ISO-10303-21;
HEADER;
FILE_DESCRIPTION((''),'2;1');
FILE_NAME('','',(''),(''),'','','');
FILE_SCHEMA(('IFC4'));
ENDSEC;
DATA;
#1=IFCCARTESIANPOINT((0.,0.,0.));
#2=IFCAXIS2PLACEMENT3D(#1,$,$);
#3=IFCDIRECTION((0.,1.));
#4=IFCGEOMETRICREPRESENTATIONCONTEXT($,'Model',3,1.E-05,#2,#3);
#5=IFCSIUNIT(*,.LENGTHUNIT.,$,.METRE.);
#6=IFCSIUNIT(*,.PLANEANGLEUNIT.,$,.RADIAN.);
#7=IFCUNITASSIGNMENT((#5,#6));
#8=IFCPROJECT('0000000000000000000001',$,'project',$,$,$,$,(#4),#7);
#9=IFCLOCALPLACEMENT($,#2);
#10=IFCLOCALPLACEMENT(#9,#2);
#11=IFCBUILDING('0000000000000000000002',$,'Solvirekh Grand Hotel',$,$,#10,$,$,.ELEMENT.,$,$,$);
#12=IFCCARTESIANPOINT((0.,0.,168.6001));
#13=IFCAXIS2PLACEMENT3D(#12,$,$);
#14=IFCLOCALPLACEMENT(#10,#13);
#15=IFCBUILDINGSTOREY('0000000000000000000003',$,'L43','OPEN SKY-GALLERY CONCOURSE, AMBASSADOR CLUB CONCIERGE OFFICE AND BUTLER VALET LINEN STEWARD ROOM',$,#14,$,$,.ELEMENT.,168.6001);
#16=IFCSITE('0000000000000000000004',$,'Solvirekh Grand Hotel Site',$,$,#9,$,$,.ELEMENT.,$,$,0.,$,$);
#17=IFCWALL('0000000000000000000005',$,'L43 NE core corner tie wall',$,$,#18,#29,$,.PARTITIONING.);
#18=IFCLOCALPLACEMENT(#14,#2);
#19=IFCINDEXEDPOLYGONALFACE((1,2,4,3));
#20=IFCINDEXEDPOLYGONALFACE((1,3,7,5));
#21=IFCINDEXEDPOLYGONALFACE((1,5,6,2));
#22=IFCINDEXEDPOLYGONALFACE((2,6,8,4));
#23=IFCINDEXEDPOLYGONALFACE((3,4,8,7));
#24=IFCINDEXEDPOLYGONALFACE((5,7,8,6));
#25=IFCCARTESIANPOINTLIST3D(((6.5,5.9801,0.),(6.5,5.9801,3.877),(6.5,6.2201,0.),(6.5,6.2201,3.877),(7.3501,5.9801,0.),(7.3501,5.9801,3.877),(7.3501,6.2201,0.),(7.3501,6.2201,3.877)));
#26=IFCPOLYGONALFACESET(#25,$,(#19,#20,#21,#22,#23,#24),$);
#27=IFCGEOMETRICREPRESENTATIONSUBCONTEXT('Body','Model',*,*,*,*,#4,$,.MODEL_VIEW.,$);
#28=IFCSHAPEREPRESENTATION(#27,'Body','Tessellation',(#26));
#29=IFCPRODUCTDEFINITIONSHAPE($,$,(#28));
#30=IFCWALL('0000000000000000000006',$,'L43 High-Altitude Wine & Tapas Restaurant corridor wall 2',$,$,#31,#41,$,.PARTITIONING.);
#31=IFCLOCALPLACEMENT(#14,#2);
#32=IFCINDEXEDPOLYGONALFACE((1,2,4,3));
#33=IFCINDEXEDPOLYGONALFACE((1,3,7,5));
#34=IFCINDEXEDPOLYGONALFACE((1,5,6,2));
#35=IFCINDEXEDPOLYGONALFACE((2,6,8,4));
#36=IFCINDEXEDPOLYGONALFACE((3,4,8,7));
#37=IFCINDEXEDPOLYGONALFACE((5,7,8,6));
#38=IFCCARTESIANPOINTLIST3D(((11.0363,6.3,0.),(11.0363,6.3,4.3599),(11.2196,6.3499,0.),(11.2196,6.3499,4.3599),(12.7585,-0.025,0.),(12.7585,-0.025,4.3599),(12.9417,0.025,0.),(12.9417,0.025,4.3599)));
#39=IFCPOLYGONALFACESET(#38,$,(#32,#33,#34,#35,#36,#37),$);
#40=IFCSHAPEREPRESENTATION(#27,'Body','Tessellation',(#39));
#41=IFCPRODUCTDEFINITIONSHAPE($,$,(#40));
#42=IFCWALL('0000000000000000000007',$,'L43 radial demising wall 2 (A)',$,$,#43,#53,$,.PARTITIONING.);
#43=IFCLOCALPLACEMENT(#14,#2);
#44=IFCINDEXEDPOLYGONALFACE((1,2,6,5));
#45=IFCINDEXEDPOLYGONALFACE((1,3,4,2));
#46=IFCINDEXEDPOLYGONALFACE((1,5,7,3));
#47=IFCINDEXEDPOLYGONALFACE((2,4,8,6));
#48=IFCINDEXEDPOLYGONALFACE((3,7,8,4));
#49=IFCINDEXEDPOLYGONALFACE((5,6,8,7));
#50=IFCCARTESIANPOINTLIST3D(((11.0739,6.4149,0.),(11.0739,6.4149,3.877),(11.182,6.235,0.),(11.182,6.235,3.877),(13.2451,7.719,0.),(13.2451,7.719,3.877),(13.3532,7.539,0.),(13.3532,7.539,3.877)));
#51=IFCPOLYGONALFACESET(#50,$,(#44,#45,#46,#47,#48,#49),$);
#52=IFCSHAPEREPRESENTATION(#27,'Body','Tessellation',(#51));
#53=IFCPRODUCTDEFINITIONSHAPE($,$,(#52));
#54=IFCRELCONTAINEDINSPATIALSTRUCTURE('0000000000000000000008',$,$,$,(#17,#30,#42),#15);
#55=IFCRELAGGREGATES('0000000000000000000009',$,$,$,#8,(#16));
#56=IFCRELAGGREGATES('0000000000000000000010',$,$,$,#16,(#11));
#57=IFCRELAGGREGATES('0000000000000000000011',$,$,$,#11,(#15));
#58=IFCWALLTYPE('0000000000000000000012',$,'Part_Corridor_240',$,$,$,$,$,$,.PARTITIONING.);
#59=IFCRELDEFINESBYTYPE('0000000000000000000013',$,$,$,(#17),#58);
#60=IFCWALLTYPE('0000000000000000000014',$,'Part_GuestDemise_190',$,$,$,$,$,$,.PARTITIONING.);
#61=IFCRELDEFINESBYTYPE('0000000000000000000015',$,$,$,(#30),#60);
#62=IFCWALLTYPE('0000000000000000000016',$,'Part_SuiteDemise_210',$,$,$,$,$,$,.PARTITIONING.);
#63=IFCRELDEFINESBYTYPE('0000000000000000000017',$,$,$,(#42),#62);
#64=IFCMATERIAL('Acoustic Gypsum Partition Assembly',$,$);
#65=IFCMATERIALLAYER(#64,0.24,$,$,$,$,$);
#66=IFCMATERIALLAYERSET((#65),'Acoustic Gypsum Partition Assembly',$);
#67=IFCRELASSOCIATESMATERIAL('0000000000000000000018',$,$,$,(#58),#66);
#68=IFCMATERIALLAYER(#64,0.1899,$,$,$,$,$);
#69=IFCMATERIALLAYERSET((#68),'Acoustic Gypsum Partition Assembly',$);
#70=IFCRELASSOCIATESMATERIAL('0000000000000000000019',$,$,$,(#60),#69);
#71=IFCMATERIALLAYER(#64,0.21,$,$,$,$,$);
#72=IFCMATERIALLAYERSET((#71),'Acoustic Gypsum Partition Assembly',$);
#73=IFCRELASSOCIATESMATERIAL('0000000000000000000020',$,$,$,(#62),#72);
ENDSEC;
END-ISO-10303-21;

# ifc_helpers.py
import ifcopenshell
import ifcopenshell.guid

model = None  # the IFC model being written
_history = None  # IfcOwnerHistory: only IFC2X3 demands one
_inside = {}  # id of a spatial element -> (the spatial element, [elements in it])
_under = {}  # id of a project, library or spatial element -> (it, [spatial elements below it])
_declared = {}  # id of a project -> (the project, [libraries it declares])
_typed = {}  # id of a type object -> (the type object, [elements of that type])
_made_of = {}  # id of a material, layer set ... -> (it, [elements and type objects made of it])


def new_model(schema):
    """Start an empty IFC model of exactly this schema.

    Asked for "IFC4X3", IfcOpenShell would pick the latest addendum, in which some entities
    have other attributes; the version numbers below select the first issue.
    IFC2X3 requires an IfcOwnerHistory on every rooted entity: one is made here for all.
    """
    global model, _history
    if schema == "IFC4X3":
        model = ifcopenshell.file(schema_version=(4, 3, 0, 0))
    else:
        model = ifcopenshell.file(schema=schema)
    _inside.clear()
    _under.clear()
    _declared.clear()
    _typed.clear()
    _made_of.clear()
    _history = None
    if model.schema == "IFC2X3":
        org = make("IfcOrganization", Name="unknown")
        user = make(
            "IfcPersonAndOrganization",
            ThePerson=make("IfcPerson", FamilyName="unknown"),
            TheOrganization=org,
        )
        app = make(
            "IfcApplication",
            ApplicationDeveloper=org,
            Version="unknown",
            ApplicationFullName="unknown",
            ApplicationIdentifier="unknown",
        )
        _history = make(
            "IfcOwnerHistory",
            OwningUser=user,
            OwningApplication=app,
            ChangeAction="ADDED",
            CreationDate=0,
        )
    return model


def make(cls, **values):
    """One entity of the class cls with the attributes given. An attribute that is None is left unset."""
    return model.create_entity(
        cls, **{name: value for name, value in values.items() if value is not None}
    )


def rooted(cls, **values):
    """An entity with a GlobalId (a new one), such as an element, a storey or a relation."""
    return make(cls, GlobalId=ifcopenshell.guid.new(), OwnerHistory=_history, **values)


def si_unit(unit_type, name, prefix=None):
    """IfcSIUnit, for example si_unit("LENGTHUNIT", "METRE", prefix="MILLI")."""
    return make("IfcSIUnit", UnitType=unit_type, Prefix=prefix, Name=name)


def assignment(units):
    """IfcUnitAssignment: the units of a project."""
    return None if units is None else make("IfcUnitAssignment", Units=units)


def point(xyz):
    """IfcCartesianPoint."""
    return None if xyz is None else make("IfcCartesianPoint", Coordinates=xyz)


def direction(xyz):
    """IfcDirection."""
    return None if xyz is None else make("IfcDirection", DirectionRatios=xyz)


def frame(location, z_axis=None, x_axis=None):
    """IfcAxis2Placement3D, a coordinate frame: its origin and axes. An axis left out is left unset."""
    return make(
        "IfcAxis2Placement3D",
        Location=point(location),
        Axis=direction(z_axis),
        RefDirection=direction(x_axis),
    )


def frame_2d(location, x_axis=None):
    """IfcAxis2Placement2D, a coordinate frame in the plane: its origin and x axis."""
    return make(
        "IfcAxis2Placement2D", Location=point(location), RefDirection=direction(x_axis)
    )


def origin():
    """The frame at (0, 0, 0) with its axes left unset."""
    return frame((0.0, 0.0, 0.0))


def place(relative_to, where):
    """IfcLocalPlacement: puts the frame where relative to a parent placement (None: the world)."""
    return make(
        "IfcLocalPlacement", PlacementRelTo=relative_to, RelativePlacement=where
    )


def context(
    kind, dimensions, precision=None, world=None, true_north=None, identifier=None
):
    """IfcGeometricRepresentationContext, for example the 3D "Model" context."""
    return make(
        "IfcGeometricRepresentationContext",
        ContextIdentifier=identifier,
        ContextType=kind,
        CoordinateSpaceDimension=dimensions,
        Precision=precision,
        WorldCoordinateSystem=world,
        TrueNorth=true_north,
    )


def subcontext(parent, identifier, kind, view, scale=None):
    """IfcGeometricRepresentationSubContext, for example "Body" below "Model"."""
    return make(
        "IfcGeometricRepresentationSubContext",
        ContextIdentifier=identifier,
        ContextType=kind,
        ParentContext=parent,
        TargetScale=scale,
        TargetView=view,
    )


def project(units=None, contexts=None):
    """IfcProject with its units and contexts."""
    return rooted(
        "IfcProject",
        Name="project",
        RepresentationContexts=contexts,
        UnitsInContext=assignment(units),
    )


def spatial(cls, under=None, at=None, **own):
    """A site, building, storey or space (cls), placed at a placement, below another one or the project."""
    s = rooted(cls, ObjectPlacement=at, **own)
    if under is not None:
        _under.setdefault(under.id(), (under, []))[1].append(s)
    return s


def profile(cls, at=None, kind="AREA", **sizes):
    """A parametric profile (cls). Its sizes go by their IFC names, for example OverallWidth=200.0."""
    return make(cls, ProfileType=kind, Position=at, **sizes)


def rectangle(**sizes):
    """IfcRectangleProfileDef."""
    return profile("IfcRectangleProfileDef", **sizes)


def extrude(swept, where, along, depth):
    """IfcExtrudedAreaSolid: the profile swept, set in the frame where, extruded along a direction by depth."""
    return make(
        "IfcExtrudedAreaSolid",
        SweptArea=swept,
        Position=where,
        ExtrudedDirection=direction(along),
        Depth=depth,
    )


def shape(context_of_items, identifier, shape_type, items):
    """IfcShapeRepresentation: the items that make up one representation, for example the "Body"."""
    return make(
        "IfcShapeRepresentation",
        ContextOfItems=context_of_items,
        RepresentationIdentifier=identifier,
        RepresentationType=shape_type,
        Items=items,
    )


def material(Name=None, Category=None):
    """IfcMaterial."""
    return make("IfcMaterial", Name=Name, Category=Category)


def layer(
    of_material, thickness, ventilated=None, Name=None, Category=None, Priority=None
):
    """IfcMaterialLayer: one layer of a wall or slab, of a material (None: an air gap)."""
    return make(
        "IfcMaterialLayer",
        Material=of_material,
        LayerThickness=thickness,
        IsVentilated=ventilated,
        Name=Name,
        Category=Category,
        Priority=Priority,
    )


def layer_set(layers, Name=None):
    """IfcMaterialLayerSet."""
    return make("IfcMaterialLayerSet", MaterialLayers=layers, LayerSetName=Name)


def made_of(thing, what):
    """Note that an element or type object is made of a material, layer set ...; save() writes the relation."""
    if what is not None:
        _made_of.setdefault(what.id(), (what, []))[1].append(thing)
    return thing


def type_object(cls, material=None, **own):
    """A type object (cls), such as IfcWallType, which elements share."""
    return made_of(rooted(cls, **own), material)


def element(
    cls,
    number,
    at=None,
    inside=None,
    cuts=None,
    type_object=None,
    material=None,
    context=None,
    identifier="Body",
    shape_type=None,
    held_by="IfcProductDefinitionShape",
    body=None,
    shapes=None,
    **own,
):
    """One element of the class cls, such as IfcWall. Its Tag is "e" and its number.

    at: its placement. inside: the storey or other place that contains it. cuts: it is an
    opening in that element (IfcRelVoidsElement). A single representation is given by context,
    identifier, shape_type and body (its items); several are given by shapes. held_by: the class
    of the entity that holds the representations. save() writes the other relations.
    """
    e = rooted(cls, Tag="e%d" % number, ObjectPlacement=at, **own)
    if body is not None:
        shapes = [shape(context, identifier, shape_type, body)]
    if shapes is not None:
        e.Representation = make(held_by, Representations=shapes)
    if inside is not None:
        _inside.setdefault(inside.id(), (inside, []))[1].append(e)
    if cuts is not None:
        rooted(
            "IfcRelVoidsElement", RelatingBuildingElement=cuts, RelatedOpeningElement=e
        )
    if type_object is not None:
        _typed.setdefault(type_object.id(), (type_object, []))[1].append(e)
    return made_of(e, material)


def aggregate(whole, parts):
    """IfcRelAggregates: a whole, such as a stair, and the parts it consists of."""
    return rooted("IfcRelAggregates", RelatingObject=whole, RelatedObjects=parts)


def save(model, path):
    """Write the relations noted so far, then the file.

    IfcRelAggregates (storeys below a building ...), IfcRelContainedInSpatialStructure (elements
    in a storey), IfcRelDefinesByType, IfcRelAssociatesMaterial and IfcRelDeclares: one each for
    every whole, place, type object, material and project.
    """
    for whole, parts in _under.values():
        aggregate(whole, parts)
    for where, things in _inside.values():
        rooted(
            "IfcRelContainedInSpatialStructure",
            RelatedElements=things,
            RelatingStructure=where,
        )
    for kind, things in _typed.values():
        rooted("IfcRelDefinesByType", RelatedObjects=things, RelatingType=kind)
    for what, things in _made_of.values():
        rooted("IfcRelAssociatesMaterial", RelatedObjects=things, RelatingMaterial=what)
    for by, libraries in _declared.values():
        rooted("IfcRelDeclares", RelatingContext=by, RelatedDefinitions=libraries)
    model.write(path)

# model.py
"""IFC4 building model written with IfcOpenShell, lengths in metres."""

from ifc_helpers import new_model, si_unit, direction, frame, frame_2d, origin, place, context, subcontext, project, spatial, rectangle, extrude, material, layer, layer_set, type_object, element, save


model = new_model("IFC4")

# Units and contexts
model_context = context("Model", 3, precision=1e-05, world=origin(), true_north=direction((0.0, 1.0)))
body_context = subcontext(model_context, "Body", "Model", "MODEL_VIEW")
ifc_project = project(units=[si_unit("LENGTHUNIT", "METRE"), si_unit("PLANEANGLEUNIT", "RADIAN")], contexts=[model_context])

# Site, building, storey
site_placement = place(None, origin())
site = spatial("IfcSite", under=ifc_project, at=site_placement, Name="Solvirekh Grand Hotel Site", CompositionType="ELEMENT", RefElevation=0.0)
building_placement = place(site_placement, origin())
building = spatial("IfcBuilding", under=site, at=building_placement, Name="Solvirekh Grand Hotel", CompositionType="ELEMENT")
storey_placement = place(building_placement, frame((0.0, 0.0, 168.6001)))
storey = spatial("IfcBuildingStorey", under=building, at=storey_placement, Name="L43", Description="OPEN SKY-GALLERY CONCOURSE, AMBASSADOR CLUB CONCIERGE OFFICE AND BUTLER VALET LINEN STEWARD ROOM", CompositionType="ELEMENT", Elevation=168.6001)

# Shared definitions
ifc_material_1 = material(Name="Acoustic Gypsum Partition Assembly")

# Walls
ifc_layer_1 = layer(ifc_material_1, 0.24)
ifc_layer_set_1 = layer_set([ifc_layer_1], Name="Acoustic Gypsum Partition Assembly")
wall_type_1 = type_object("IfcWallType", Name="Part_Corridor_240", PredefinedType="PARTITIONING", material=ifc_layer_set_1)
wall_1_placement = place(storey_placement, frame((6.5, 6.1001, 0.0), z_axis=(0.0, 0.0, 1.0), x_axis=(1.0, 0.0, 0.0)))
element("IfcWall", 1, at=wall_1_placement, inside=storey, type_object=wall_type_1, Name="L43 NE core corner tie wall", PredefinedType="PARTITIONING", context=body_context, shape_type="SweptSolid", body=[
    extrude(rectangle(XDim=0.8501, YDim=0.24, at=frame_2d((0.425, 0.0))), origin(), (0.0, 0.0, 1.0), 3.877),
])
ifc_layer_2 = layer(ifc_material_1, 0.1899)
ifc_layer_set_2 = layer_set([ifc_layer_2], Name="Acoustic Gypsum Partition Assembly")
wall_type_2 = type_object("IfcWallType", Name="Part_GuestDemise_190", PredefinedType="PARTITIONING", material=ifc_layer_set_2)
wall_2_placement = place(storey_placement, frame((12.8501, 0.0, 0.0), z_axis=(0.0, 0.0, 1.0), x_axis=(-0.262717, 0.964873, 0.0)))
element("IfcWall", 2, at=wall_2_placement, inside=storey, type_object=wall_type_2, Name="L43 High-Altitude Wine & Tapas Restaurant corridor wall 2", PredefinedType="PARTITIONING", context=body_context, shape_type="SweptSolid", body=[
    extrude(rectangle(XDim=6.5552, YDim=0.1899, at=frame_2d((3.2776, 0.0))), origin(), (0.0, 0.0, 1.0), 4.3599),
])
ifc_layer_3 = layer(ifc_material_1, 0.21)
ifc_layer_set_3 = layer_set([ifc_layer_3], Name="Acoustic Gypsum Partition Assembly")
wall_type_3 = type_object("IfcWallType", Name="Part_SuiteDemise_210", PredefinedType="PARTITIONING", material=ifc_layer_set_3)
wall_3_placement = place(storey_placement, frame((11.1279, 6.325, 0.0), z_axis=(0.0, 0.0, 1.0), x_axis=(0.857272, 0.514864, 0.0)))
element("IfcWall", 3, at=wall_3_placement, inside=storey, type_object=wall_type_3, Name="L43 radial demising wall 2 (A)", PredefinedType="PARTITIONING", context=body_context, shape_type="SweptSolid", body=[
    extrude(rectangle(XDim=2.5327, YDim=0.21, at=frame_2d((1.2664, 0.0))), origin(), (0.0, 0.0, 1.0), 3.877),
])

save(model, "model.ifc")
